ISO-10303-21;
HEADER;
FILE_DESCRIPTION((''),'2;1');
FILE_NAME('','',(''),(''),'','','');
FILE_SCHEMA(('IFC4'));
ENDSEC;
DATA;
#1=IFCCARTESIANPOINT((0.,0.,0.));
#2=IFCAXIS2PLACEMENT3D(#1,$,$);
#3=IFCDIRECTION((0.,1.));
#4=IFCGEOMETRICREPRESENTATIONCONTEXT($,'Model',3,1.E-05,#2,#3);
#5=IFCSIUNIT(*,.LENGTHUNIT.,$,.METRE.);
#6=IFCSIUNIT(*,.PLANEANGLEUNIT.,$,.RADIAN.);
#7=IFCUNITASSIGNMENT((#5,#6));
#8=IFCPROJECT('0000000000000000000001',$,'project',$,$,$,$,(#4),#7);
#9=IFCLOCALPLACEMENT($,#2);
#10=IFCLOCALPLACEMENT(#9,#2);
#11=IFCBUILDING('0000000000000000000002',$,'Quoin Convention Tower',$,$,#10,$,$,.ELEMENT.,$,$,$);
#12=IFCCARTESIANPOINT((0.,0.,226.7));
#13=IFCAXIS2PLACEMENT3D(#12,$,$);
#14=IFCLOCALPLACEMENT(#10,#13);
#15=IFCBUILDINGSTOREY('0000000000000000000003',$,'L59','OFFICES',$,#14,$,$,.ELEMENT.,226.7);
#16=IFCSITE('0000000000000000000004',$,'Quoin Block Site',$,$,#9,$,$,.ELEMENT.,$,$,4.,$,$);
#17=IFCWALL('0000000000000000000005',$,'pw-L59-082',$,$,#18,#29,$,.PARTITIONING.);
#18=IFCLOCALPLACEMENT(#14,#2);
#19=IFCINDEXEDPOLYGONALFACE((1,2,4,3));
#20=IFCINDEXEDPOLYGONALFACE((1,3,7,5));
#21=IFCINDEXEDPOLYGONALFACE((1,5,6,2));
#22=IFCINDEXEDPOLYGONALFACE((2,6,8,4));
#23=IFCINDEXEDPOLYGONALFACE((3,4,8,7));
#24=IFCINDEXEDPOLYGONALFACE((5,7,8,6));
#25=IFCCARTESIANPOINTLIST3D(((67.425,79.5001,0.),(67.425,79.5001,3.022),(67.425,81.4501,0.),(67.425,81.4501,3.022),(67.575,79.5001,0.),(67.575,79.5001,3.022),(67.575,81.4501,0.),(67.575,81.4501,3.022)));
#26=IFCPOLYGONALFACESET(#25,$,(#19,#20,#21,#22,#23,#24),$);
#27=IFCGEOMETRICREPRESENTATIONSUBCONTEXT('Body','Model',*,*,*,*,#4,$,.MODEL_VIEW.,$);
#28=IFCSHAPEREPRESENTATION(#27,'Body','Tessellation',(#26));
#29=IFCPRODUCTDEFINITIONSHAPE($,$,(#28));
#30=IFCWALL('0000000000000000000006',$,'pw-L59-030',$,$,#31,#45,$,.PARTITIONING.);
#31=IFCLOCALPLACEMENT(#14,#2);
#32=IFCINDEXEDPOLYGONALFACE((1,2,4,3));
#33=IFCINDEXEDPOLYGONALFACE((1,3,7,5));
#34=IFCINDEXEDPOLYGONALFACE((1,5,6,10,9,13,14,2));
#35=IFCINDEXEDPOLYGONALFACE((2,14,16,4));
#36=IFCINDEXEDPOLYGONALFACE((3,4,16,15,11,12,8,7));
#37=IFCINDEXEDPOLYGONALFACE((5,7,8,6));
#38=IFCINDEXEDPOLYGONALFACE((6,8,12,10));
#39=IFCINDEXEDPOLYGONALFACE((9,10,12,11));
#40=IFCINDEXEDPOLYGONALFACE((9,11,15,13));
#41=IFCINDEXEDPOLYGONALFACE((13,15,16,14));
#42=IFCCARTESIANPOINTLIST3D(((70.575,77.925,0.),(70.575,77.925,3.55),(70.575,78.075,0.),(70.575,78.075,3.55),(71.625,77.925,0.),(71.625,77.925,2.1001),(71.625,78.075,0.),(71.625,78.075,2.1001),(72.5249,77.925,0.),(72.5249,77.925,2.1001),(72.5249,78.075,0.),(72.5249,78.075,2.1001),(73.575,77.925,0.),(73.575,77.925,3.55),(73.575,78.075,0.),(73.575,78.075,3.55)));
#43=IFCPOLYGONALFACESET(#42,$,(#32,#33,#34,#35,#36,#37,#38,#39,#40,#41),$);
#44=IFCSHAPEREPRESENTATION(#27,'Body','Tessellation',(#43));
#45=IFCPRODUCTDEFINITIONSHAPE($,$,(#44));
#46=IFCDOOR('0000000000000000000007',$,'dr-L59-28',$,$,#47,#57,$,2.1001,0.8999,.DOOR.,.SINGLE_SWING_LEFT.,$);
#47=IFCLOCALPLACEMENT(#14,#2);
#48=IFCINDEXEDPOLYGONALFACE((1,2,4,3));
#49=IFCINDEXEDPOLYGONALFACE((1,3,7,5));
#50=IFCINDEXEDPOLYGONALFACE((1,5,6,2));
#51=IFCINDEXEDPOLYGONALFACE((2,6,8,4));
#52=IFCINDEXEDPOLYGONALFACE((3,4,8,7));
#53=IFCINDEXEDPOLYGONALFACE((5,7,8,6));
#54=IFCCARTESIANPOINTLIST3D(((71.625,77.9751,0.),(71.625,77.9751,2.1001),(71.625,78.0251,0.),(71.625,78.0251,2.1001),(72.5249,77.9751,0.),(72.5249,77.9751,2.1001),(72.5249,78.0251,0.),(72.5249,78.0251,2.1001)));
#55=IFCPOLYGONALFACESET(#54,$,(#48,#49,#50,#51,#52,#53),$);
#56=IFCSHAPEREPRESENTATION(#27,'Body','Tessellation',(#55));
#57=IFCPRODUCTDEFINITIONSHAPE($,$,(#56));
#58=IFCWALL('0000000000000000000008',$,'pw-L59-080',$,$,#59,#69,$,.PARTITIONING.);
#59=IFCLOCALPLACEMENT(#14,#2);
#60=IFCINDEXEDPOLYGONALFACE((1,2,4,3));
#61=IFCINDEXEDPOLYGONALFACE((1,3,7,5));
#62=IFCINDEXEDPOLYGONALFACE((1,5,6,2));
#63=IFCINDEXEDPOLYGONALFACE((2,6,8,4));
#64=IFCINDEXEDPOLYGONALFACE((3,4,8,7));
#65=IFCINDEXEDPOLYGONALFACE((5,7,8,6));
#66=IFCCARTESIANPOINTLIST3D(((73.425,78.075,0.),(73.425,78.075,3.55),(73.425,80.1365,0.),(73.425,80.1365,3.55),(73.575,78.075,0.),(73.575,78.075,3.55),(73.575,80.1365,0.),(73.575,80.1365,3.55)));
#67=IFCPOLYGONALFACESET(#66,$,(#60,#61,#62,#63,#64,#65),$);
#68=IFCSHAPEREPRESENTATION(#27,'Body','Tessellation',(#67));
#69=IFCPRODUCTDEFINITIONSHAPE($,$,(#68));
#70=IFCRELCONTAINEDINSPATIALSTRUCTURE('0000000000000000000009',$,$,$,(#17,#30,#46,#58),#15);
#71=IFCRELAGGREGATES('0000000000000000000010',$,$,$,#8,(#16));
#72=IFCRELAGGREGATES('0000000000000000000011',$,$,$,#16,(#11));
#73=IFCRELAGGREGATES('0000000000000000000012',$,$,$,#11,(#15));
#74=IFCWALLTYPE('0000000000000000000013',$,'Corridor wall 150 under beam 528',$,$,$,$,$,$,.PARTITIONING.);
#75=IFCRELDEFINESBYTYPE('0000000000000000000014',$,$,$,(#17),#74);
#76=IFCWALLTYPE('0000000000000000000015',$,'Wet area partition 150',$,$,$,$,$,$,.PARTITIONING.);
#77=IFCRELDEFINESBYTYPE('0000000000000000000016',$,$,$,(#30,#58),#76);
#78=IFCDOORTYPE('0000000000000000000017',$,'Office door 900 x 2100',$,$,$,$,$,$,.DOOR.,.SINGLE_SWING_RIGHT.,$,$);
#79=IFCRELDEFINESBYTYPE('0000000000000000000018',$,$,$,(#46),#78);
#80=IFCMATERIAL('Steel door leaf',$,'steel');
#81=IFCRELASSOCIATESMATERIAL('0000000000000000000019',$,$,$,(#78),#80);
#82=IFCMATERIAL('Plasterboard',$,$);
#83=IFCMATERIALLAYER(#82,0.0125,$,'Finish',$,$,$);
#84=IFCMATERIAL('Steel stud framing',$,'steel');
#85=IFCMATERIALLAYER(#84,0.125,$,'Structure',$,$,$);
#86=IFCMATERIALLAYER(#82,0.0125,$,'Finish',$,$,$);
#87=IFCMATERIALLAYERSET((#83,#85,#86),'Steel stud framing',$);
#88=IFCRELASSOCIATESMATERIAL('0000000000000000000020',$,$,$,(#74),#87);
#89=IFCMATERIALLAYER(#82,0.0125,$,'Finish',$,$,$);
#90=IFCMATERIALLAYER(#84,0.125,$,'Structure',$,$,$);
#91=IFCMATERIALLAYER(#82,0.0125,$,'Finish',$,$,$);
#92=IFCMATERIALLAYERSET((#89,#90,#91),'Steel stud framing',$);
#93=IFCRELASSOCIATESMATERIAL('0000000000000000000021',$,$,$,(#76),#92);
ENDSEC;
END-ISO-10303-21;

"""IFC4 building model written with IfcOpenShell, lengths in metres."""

from ifc_helpers import new_model, si_unit, direction, frame, frame_2d, origin, place, context, subcontext, project, spatial, rectangle, extrude, material, layer, layer_set, type_object, element, fill, save


model = new_model("IFC4")

# Units and contexts
model_context = context("Model", 3, precision=1e-05, world=origin(), true_north=direction((0.0, 1.0)))
body_context = subcontext(model_context, "Body", "Model", "MODEL_VIEW")
ifc_project = project(units=[si_unit("LENGTHUNIT", "METRE"), si_unit("PLANEANGLEUNIT", "RADIAN")], contexts=[model_context])

# Site, building, storey
site_placement = place(None, origin())
site = spatial("IfcSite", under=ifc_project, at=site_placement, Name="Quoin Block Site", CompositionType="ELEMENT", RefElevation=4.0)
building_placement = place(site_placement, origin())
building = spatial("IfcBuilding", under=site, at=building_placement, Name="Quoin Convention Tower", CompositionType="ELEMENT")
storey_placement = place(building_placement, frame((0.0, 0.0, 226.7)))
storey = spatial("IfcBuildingStorey", under=building, at=storey_placement, Name="L59", Description="OFFICES", CompositionType="ELEMENT", Elevation=226.7)

# Shared definitions
ifc_material_1 = material(Name="Plasterboard")
ifc_material_2 = material(Name="Steel stud framing", Category="steel")

# Shared definitions
ifc_material_3 = material(Name="Steel door leaf", Category="steel")
door_type_1 = type_object("IfcDoorType", Name="Office door 900 x 2100", OperationType="SINGLE_SWING_RIGHT", PredefinedType="DOOR", material=ifc_material_3)

# Shared definitions
ifc_layer_1 = layer(ifc_material_1, 0.0125, Name="Finish")
ifc_layer_2 = layer(ifc_material_2, 0.125, Name="Structure")
ifc_layer_3 = layer(ifc_material_1, 0.0125, Name="Finish")
ifc_layer_set_1 = layer_set([ifc_layer_1, ifc_layer_2, ifc_layer_3], Name="Steel stud framing")
wall_type_1 = type_object("IfcWallType", Name="Corridor wall 150 under beam 528", PredefinedType="PARTITIONING", material=ifc_layer_set_1)

# Wall
wall_1_placement = place(storey_placement, frame((67.5, 79.5, 0.0), z_axis=(0.0, 0.0, 1.0), x_axis=(0.0, 1.0, 0.0)))
element("IfcWall", 1, at=wall_1_placement, inside=storey, type_object=wall_type_1, Name="pw-L59-082", PredefinedType="PARTITIONING", context=body_context, shape_type="SweptSolid", body=[
    extrude(rectangle(XDim=1.95, YDim=0.1499, at=frame_2d((0.9751, 0.0))), origin(), (0.0, 0.0, 1.0), 3.022),
])

# Wall, opening, door
ifc_layer_4 = layer(ifc_material_1, 0.0125, Name="Finish")
ifc_layer_5 = layer(ifc_material_2, 0.125, Name="Structure")
ifc_layer_6 = layer(ifc_material_1, 0.0125, Name="Finish")
ifc_layer_set_2 = layer_set([ifc_layer_4, ifc_layer_5, ifc_layer_6], Name="Steel stud framing")
wall_type_2 = type_object("IfcWallType", Name="Wet area partition 150", PredefinedType="PARTITIONING", material=ifc_layer_set_2)
wall_2_placement = place(storey_placement, frame((70.575, 78.0, 0.0), z_axis=(0.0, 0.0, 1.0), x_axis=(1.0, 0.0, 0.0)))
wall_2 = element("IfcWall", 2, at=wall_2_placement, inside=storey, type_object=wall_type_2, Name="pw-L59-030", PredefinedType="PARTITIONING", context=body_context, shape_type="SweptSolid", body=[
    extrude(rectangle(XDim=3.0, YDim=0.1499, at=frame_2d((1.5, 0.0))), origin(), (0.0, 0.0, 1.0), 3.55),
])
opening_1_placement = place(wall_2_placement, frame((1.05, 0.0, 0.0)))
opening_1 = element("IfcOpeningElement", 3, at=opening_1_placement, cuts=wall_2, PredefinedType="OPENING", context=body_context, shape_type="SweptSolid", body=[
    extrude(rectangle(XDim=0.8999, YDim=2.1001, at=frame_2d((0.45, 1.05))), frame((0.0, 0.085, 0.0), z_axis=(0.0, -1.0, 0.0), x_axis=(1.0, 0.0, 0.0)), (0.0, 0.0, 1.0), 0.1699),
])
door_1_placement = place(opening_1_placement, frame((0.8999, 0.0, 0.0), z_axis=(0.0, 0.0, 1.0), x_axis=(-1.0, 0.0, 0.0)))
door_1 = element("IfcDoor", 4, at=door_1_placement, inside=storey, type_object=door_type_1, Name="dr-L59-28", OperationType="SINGLE_SWING_LEFT", OverallHeight=2.1001, OverallWidth=0.8999, PredefinedType="DOOR", context=body_context, shape_type="SweptSolid", body=[
    extrude(rectangle(XDim=0.8999, YDim=2.1001, at=frame_2d((0.45, 1.05))), frame((0.0, 0.0249, 0.0), z_axis=(0.0, -1.0, 0.0), x_axis=(1.0, 0.0, 0.0)), (0.0, 0.0, 1.0), 0.05),
])
fill(opening_1, door_1)

# Wall
wall_3_placement = place(storey_placement, frame((73.5, 78.075, 0.0), z_axis=(0.0, 0.0, 1.0), x_axis=(0.0, 1.0, 0.0)))
element("IfcWall", 5, at=wall_3_placement, inside=storey, type_object=wall_type_2, Name="pw-L59-080", PredefinedType="PARTITIONING", context=body_context, shape_type="SweptSolid", body=[
    extrude(rectangle(XDim=2.0615, YDim=0.1499, at=frame_2d((1.0308, 0.0))), origin(), (0.0, 0.0, 1.0), 3.55),
])

save(model, "model.ifc")
